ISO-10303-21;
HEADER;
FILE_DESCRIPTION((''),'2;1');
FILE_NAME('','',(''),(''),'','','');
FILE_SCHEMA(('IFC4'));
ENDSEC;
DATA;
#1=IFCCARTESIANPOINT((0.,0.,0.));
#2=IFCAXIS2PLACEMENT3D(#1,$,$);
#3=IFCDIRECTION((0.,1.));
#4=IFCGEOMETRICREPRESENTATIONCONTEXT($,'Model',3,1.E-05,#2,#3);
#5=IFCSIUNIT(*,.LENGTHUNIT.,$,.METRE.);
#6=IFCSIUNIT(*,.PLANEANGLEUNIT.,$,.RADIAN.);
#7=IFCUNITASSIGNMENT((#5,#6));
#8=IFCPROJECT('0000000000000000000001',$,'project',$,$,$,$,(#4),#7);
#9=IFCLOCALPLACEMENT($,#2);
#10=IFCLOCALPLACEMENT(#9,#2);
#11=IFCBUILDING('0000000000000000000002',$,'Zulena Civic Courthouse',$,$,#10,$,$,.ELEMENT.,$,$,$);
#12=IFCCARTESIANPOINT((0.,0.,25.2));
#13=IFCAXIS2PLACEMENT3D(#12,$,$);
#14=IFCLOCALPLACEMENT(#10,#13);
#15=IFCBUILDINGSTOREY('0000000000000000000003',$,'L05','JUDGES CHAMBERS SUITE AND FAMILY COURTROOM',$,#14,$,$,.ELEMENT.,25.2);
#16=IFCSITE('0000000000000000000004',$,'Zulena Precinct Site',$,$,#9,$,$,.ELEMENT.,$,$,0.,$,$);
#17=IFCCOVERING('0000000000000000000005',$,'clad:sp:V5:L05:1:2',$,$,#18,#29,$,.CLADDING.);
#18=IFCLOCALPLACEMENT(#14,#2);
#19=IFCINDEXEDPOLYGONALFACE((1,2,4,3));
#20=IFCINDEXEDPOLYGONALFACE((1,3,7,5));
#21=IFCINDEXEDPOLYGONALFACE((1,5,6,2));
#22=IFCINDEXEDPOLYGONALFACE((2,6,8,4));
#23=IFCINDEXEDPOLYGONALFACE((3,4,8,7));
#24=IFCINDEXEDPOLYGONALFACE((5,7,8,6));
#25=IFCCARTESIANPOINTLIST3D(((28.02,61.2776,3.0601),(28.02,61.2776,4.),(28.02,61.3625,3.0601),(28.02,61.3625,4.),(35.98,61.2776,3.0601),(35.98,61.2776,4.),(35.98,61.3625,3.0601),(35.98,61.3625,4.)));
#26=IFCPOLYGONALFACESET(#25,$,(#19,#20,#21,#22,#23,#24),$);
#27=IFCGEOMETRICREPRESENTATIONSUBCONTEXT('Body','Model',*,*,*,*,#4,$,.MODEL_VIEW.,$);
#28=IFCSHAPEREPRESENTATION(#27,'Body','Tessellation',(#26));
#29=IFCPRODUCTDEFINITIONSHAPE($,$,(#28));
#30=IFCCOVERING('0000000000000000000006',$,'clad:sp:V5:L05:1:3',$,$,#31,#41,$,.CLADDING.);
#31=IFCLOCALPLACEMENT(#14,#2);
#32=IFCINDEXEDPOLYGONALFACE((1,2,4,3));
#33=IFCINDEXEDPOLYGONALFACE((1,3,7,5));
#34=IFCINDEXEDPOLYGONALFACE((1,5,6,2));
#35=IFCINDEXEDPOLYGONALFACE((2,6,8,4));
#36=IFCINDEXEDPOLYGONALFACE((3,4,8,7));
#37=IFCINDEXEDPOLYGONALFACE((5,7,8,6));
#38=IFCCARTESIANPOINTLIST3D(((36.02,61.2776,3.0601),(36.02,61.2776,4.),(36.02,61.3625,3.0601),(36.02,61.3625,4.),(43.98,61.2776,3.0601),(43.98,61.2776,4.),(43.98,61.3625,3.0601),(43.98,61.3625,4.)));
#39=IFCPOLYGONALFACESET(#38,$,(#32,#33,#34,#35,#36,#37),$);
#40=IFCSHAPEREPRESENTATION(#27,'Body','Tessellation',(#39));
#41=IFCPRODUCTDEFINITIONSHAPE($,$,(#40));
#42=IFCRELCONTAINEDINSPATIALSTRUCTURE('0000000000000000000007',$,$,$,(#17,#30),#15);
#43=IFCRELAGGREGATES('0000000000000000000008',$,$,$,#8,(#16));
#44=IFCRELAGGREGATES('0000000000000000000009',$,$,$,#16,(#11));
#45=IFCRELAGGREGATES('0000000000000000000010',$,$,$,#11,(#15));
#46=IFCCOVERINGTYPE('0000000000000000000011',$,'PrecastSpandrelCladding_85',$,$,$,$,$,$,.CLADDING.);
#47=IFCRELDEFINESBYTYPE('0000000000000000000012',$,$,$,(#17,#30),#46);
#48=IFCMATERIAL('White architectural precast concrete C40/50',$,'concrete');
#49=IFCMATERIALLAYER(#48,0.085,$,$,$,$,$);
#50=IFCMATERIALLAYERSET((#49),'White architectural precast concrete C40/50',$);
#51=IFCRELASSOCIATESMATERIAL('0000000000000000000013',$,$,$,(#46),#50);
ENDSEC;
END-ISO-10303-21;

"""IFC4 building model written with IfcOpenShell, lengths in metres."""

from ifc_helpers import new_model, si_unit, direction, frame, origin, origin_2d, place, context, subcontext, project, spatial, rectangle, extrude, material, layer, layer_set, type_object, element, save


model = new_model("IFC4")

# Units and contexts
model_context = context("Model", 3, precision=1e-05, world=origin(), true_north=direction((0.0, 1.0)))
body_context = subcontext(model_context, "Body", "Model", "MODEL_VIEW")
ifc_project = project(units=[si_unit("LENGTHUNIT", "METRE"), si_unit("PLANEANGLEUNIT", "RADIAN")], contexts=[model_context])

# Site, building, storey
site_placement = place(None, origin())
site = spatial("IfcSite", under=ifc_project, at=site_placement, Name="Zulena Precinct Site", CompositionType="ELEMENT", RefElevation=0.0)
building_placement = place(site_placement, origin())
building = spatial("IfcBuilding", under=site, at=building_placement, Name="Zulena Civic Courthouse", CompositionType="ELEMENT")
storey_placement = place(building_placement, frame((0.0, 0.0, 25.2)))
storey = spatial("IfcBuildingStorey", under=building, at=storey_placement, Name="L05", Description="JUDGES CHAMBERS SUITE AND FAMILY COURTROOM", CompositionType="ELEMENT", Elevation=25.2)

# Coverings
ifc_material_1 = material(Name="White architectural precast concrete C40/50", Category="concrete")
ifc_layer_1 = layer(ifc_material_1, 0.085)
ifc_layer_set_1 = layer_set([ifc_layer_1], Name="White architectural precast concrete C40/50")
covering_type = type_object("IfcCoveringType", Name="PrecastSpandrelCladding_85", PredefinedType="CLADDING", material=ifc_layer_set_1)
for number, where, z_axis, x_axis, name in (
    (1, (32.0, 61.3201, 3.0601), (0.0, 0.0, 1.0), (1.0, 0.0, 0.0), "clad:sp:V5:L05:1:2"),
    (2, (40.0, 61.3201, 3.0601), (0.0, 0.0, 1.0), (1.0, 0.0, 0.0), "clad:sp:V5:L05:1:3"),
):
    element("IfcCovering", number, at=place(storey_placement, frame(where, z_axis=z_axis, x_axis=x_axis)), inside=storey, type_object=covering_type, Name=name, PredefinedType="CLADDING", context=body_context, shape_type="SweptSolid", body=[
        extrude(rectangle(XDim=7.96, YDim=0.085, at=origin_2d()), origin(), (0.0, 0.0, 1.0), 0.9399),
    ])

save(model, "model.ifc")
